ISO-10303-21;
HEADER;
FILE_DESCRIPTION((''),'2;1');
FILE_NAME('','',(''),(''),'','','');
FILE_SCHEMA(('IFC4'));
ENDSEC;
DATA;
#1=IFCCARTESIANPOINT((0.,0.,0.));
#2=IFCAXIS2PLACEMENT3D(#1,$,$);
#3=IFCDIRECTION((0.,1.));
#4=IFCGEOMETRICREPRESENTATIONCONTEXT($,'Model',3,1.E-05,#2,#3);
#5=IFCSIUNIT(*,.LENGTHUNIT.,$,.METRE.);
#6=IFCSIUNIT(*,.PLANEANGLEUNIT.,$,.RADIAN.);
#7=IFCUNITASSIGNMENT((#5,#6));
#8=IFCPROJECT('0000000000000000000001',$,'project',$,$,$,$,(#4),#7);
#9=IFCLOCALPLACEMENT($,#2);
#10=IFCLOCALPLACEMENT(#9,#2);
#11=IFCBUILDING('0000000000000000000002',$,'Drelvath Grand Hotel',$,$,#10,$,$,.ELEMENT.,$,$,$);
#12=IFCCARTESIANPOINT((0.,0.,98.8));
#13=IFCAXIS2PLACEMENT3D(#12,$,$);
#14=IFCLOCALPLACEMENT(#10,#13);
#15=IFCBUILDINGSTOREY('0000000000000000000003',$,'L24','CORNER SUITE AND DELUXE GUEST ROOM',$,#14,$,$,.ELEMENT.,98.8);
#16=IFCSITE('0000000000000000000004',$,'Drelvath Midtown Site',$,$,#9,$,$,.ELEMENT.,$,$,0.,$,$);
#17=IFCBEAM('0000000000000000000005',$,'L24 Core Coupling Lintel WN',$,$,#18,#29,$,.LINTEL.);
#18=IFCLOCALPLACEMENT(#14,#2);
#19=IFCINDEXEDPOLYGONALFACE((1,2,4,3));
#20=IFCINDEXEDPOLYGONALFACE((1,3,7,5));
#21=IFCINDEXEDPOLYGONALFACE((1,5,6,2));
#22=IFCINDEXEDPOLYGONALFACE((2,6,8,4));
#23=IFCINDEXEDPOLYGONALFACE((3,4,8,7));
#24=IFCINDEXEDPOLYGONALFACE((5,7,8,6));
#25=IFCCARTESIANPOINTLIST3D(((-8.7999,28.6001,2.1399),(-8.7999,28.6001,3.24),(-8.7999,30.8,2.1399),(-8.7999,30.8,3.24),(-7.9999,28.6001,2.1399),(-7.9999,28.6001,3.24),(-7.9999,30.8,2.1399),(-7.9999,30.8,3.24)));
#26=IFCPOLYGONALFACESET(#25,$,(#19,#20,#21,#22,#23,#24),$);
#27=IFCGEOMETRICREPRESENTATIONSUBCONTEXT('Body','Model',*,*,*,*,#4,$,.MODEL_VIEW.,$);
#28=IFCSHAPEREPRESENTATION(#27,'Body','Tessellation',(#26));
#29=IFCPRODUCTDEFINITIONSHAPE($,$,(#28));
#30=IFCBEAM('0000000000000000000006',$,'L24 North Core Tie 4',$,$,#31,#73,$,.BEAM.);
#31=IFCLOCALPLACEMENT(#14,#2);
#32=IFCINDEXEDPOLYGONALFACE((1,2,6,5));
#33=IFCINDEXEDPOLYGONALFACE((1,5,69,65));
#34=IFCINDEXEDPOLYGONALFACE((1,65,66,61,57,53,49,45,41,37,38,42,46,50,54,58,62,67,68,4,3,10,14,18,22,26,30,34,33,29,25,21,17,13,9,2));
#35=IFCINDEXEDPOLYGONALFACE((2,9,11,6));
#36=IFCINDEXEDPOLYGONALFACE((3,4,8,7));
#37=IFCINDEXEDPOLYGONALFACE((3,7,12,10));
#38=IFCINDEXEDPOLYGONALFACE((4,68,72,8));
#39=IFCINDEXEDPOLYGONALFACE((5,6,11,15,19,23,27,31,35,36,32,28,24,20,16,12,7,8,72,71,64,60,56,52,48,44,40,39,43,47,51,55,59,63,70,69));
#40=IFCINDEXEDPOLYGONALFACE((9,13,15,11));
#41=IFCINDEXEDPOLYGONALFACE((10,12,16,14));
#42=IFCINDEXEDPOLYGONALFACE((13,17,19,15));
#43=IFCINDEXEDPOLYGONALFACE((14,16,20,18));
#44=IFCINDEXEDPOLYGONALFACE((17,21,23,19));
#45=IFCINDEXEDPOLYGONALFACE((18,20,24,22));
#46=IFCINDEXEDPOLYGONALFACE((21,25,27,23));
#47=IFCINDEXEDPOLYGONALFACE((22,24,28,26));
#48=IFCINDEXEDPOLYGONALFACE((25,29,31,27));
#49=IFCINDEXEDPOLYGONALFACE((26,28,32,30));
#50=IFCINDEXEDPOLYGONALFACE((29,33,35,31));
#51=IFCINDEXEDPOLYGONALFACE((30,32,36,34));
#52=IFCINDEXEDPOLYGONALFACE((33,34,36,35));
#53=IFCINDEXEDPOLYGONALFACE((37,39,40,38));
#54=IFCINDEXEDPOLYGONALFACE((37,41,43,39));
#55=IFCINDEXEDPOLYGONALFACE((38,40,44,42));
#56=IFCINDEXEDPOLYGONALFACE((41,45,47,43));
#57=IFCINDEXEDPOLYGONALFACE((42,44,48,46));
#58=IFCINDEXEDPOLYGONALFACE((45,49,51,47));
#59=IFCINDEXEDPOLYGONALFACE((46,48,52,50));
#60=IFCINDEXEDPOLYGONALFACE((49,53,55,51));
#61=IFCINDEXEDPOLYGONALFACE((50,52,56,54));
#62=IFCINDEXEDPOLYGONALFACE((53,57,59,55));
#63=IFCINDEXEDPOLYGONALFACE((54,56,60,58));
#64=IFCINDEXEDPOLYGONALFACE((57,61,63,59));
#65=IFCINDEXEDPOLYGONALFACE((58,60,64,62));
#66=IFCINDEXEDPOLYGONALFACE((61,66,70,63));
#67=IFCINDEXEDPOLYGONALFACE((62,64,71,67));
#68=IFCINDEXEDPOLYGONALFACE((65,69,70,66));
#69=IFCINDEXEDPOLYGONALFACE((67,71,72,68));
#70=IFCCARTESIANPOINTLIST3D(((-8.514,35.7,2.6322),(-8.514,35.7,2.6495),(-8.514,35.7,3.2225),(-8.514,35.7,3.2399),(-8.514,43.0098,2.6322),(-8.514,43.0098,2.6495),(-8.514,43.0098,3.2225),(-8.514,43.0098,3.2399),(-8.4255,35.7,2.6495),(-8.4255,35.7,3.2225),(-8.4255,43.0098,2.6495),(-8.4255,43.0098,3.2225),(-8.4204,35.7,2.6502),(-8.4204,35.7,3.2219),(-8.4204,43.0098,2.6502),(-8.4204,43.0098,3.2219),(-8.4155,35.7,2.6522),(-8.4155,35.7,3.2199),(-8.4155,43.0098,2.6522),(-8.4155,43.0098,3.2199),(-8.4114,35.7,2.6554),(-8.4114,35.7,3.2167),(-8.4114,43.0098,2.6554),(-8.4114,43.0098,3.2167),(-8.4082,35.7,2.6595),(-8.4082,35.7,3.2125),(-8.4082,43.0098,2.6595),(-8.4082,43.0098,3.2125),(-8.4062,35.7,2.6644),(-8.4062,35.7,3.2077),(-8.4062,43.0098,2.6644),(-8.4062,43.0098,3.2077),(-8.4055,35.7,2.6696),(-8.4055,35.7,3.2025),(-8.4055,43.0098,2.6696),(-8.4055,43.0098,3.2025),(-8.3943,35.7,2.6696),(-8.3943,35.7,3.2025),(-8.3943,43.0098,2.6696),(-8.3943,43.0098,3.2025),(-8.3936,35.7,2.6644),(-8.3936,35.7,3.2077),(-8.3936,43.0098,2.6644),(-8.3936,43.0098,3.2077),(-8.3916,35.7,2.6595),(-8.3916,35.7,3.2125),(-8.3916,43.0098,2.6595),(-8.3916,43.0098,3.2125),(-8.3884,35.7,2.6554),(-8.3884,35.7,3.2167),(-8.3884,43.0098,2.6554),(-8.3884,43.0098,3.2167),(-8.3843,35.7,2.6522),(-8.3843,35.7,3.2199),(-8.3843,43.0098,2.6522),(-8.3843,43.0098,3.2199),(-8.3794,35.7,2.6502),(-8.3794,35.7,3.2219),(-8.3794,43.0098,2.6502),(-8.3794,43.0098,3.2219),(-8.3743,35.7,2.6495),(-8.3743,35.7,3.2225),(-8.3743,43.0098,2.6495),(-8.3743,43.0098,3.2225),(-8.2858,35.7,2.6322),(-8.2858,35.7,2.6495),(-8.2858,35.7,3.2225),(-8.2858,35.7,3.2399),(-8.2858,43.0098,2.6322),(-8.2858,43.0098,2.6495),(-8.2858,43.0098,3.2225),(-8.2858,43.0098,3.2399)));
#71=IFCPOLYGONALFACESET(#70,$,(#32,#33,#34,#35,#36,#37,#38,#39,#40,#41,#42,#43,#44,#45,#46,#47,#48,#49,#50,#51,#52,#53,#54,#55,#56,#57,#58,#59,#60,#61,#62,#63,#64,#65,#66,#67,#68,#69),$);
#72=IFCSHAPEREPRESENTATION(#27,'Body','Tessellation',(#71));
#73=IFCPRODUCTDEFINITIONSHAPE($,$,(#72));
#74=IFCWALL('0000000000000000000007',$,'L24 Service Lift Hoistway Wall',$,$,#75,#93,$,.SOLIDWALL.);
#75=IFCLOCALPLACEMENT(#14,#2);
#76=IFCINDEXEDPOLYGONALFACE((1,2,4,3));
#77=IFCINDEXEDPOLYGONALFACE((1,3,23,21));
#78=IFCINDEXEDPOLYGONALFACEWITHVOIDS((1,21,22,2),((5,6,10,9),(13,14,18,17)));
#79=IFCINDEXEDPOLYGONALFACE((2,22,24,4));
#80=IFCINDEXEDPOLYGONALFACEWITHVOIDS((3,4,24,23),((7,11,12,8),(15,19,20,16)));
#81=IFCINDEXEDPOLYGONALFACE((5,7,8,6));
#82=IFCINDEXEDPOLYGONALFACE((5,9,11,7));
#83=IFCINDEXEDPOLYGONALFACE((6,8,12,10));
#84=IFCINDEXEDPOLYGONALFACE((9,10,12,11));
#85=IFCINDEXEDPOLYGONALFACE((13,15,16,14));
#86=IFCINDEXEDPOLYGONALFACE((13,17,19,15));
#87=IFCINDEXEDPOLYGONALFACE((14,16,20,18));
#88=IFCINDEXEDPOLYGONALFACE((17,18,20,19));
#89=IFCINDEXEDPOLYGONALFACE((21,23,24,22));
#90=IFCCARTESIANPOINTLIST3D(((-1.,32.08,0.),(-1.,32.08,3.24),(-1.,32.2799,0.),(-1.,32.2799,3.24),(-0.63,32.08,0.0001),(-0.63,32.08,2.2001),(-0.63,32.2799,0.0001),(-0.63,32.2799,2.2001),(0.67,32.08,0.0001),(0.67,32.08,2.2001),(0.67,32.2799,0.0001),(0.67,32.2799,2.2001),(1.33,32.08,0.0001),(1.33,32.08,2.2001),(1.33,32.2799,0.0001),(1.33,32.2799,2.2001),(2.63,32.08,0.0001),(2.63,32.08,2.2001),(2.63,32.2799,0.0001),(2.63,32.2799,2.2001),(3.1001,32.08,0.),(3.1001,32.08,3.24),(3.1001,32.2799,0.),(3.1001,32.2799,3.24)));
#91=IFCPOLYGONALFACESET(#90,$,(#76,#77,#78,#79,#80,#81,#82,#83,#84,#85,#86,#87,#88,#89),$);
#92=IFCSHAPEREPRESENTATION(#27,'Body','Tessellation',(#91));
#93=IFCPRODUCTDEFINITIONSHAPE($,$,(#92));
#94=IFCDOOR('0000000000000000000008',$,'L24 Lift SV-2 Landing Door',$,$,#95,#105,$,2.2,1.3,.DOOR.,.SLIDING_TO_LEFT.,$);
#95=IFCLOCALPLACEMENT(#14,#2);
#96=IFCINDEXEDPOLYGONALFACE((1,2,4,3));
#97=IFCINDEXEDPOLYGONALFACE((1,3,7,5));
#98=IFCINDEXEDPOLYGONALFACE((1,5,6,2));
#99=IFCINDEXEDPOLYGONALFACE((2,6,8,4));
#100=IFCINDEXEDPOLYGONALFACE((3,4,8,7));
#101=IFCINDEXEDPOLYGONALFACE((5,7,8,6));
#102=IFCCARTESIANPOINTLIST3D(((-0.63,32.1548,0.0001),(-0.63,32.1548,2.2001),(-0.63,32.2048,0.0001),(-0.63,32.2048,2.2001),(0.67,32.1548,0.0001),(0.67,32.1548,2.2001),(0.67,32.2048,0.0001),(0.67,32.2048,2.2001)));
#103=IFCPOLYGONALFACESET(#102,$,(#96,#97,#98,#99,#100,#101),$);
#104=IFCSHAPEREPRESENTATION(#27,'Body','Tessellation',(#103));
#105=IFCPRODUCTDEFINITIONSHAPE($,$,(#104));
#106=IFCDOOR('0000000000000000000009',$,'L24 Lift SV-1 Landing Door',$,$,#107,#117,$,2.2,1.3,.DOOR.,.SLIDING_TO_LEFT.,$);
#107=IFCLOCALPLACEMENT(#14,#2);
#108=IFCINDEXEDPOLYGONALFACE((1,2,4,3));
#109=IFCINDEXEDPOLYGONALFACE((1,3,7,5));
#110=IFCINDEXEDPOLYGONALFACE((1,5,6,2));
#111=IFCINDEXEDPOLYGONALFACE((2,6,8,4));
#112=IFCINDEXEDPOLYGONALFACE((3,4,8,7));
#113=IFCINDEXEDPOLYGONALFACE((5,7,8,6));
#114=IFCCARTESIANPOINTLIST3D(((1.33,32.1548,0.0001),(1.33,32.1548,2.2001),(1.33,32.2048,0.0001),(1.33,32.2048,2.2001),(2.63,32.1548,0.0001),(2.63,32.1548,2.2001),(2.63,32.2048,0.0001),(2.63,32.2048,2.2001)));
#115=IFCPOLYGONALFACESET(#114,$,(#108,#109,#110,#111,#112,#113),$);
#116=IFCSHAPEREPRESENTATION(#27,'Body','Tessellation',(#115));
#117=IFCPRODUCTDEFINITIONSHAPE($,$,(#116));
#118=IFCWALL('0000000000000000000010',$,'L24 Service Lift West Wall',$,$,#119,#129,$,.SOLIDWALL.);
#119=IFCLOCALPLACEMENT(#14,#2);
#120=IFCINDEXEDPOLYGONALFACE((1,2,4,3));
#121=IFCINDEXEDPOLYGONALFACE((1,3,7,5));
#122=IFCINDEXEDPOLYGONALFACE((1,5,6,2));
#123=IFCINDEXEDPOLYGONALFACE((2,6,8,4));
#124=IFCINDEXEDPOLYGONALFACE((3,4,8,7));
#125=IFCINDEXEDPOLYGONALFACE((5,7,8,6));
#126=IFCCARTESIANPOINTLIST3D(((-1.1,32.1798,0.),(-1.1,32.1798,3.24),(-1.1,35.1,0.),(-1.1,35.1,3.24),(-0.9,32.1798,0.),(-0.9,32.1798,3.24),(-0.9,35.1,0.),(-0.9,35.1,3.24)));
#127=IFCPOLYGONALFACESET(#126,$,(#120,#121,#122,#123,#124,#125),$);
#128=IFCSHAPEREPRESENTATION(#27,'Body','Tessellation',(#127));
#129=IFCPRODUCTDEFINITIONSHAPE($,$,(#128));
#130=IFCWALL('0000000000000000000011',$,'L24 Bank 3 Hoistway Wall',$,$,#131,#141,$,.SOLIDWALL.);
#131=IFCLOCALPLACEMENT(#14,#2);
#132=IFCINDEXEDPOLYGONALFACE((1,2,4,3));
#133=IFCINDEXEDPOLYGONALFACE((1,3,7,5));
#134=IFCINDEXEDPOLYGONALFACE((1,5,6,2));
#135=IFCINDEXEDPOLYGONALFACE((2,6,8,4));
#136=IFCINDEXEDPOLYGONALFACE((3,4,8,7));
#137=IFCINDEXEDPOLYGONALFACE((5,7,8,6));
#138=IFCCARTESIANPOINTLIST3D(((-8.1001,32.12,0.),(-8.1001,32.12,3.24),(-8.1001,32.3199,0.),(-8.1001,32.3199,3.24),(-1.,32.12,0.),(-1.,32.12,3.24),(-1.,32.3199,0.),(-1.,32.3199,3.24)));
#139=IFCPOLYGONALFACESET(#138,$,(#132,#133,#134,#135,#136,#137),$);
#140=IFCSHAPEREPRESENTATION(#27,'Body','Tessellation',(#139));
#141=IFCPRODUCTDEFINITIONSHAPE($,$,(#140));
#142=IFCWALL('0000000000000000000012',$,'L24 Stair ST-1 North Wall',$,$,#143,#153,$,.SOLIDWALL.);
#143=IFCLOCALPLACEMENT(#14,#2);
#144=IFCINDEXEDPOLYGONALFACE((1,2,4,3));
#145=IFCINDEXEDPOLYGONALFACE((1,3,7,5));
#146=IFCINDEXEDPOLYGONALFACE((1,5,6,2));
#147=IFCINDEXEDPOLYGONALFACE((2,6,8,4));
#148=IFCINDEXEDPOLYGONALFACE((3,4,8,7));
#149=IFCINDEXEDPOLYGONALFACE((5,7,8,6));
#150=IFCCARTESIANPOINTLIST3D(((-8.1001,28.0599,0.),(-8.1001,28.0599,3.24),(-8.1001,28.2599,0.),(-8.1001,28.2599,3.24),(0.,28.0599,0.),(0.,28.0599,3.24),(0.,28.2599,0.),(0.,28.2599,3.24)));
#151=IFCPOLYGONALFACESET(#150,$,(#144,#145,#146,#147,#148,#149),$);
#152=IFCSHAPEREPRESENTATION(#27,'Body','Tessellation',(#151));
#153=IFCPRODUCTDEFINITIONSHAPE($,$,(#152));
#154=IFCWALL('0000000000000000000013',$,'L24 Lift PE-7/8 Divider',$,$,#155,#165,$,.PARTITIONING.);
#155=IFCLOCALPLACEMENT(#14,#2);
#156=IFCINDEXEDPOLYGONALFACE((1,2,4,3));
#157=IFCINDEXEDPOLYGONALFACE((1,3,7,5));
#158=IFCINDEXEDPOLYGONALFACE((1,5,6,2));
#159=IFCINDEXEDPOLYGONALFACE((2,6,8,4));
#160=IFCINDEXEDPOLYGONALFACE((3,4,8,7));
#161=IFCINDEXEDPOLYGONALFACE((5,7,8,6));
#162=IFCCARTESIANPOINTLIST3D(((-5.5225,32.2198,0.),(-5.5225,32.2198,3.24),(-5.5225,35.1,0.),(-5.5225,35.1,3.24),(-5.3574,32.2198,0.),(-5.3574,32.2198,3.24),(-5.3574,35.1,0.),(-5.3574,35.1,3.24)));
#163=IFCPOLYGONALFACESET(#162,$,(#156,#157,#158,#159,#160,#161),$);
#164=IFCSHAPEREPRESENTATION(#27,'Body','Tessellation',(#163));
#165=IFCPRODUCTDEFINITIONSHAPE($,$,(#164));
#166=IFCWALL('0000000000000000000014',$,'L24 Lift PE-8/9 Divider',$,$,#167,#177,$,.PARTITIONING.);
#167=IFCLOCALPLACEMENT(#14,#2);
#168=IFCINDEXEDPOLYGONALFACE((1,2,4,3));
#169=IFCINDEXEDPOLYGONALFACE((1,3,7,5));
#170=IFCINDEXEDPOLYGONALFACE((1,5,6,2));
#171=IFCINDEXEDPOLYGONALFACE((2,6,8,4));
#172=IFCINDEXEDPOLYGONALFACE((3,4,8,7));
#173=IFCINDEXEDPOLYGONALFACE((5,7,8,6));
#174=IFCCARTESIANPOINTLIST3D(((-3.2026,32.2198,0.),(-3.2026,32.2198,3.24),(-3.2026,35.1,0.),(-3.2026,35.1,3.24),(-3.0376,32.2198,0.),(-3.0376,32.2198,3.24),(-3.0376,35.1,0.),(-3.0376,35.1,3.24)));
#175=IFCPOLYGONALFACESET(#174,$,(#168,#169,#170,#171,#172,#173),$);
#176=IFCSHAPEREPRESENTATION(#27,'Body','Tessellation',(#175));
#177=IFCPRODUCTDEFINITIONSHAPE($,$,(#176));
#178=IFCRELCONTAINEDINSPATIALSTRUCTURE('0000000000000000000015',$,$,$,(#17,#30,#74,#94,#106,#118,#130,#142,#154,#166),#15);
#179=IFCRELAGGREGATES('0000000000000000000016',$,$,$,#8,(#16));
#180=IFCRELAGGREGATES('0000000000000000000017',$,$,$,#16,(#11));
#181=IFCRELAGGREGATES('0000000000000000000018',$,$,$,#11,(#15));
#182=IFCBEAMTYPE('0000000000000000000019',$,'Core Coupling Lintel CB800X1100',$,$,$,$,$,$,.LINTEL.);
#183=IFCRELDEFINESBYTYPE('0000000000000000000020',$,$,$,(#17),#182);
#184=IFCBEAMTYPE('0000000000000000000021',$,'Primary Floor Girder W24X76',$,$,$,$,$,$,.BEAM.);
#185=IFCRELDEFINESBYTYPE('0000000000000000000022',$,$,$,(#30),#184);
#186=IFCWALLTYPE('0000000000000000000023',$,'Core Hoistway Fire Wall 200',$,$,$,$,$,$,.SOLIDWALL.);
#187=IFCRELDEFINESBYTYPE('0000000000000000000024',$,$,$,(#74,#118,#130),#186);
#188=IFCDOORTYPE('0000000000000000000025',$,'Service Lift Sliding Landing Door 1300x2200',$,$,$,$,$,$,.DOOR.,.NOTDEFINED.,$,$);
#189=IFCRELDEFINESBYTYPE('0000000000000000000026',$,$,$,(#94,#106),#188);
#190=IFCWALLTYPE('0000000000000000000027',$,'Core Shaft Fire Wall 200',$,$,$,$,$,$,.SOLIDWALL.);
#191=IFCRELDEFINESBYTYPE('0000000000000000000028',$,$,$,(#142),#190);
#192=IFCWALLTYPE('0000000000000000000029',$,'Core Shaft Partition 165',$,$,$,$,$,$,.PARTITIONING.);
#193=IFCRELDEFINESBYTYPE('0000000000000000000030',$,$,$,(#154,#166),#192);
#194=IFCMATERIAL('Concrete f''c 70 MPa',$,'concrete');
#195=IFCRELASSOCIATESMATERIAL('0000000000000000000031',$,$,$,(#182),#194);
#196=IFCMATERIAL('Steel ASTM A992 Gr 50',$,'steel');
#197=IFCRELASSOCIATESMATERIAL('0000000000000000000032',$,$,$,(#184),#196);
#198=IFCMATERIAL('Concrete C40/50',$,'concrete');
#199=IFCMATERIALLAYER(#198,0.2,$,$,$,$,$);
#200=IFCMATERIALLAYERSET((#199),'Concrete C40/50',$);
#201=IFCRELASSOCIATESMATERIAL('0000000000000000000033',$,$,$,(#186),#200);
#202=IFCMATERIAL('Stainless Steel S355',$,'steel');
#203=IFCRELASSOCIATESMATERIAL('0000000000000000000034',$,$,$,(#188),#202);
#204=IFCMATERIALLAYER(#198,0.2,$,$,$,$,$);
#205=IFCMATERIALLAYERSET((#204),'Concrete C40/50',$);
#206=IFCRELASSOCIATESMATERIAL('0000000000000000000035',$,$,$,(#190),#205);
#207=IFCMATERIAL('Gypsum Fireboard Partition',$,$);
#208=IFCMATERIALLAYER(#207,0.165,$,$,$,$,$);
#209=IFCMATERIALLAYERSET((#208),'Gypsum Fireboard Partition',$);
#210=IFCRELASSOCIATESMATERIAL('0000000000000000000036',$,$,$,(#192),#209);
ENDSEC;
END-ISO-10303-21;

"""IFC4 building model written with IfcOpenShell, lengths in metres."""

from ifc_helpers import new_model, si_unit, direction, frame, frame_2d, origin, origin_2d, place, context, subcontext, project, spatial, rectangle, i_section, extrude, material, layer, layer_set, material_profile, profile_set, type_object, element, fill, save


model = new_model("IFC4")

# Units and contexts
model_context = context("Model", 3, precision=1e-05, world=origin(), true_north=direction((0.0, 1.0)))
body_context = subcontext(model_context, "Body", "Model", "MODEL_VIEW")
ifc_project = project(units=[si_unit("LENGTHUNIT", "METRE"), si_unit("PLANEANGLEUNIT", "RADIAN")], contexts=[model_context])

# Site, building, storey
site_placement = place(None, origin())
site = spatial("IfcSite", under=ifc_project, at=site_placement, Name="Drelvath Midtown Site", CompositionType="ELEMENT", RefElevation=0.0)
building_placement = place(site_placement, origin())
building = spatial("IfcBuilding", under=site, at=building_placement, Name="Drelvath Grand Hotel", CompositionType="ELEMENT")
storey_placement = place(building_placement, frame((0.0, 0.0, 98.8)))
storey = spatial("IfcBuildingStorey", under=building, at=storey_placement, Name="L24", Description="CORNER SUITE AND DELUXE GUEST ROOM", CompositionType="ELEMENT", Elevation=98.8)

# Beams
ifc_material_1 = material(Name="Concrete f'c 70 MPa", Category="concrete")
ifc_material_profile_1 = material_profile(ifc_material_1, rectangle(XDim=0.8, YDim=1.1001, at=origin_2d()), Name="CB800X1100")
ifc_profile_set_1 = profile_set([ifc_material_profile_1], Name="Concrete f'c 70 MPa")
beam_type_1 = type_object("IfcBeamType", Name="Core Coupling Lintel CB800X1100", PredefinedType="LINTEL", material=ifc_profile_set_1)
beam_1_placement = place(storey_placement, frame((-8.3999, 28.6001, 2.6899), z_axis=(0.0, 1.0, 0.0), x_axis=(-1.0, 0.0, 0.0)))
element("IfcBeam", 1, at=beam_1_placement, inside=storey, type_object=beam_type_1, Name="L24 Core Coupling Lintel WN", PredefinedType="LINTEL", context=body_context, shape_type="SweptSolid", body=[
    extrude(rectangle(XDim=0.8, YDim=1.1001, at=origin_2d()), origin(), (0.0, 0.0, 1.0), 2.2),
])
ifc_material_2 = material(Name="Steel ASTM A992 Gr 50", Category="steel")
ifc_material_profile_2 = material_profile(ifc_material_2, i_section(OverallWidth=0.2283, OverallDepth=0.6077, WebThickness=0.0112, FlangeThickness=0.0173, FilletRadius=0.02, at=origin_2d()), Name="W24X76")
ifc_profile_set_2 = profile_set([ifc_material_profile_2], Name="Steel ASTM A992 Gr 50")
beam_type_2 = type_object("IfcBeamType", Name="Primary Floor Girder W24X76", PredefinedType="BEAM", material=ifc_profile_set_2)
beam_2_placement = place(storey_placement, frame((-8.3999, 35.7, 2.936), z_axis=(0.0, 1.0, 0.0), x_axis=(-1.0, 0.0, 0.0)))
element("IfcBeam", 2, at=beam_2_placement, inside=storey, type_object=beam_type_2, Name="L24 North Core Tie 4", PredefinedType="BEAM", context=body_context, shape_type="SweptSolid", body=[
    extrude(i_section(OverallWidth=0.2283, OverallDepth=0.6077, WebThickness=0.0112, FlangeThickness=0.0173, FilletRadius=0.02, at=origin_2d()), origin(), (0.0, 0.0, 1.0), 7.3098),
])

# Wall, openings, doors
ifc_material_3 = material(Name="Concrete C40/50", Category="concrete")
ifc_layer_1 = layer(ifc_material_3, 0.2)
ifc_layer_set_1 = layer_set([ifc_layer_1], Name="Concrete C40/50")
wall_type_1 = type_object("IfcWallType", Name="Core Hoistway Fire Wall 200", PredefinedType="SOLIDWALL", material=ifc_layer_set_1)
wall_1_placement = place(storey_placement, frame((-1.0, 32.1799, 0.0), z_axis=(0.0, 0.0, 1.0), x_axis=(1.0, 0.0, 0.0)))
wall_1 = element("IfcWall", 3, at=wall_1_placement, inside=storey, type_object=wall_type_1, Name="L24 Service Lift Hoistway Wall", PredefinedType="SOLIDWALL", context=body_context, shape_type="SweptSolid", body=[
    extrude(rectangle(XDim=4.1001, YDim=0.2, at=frame_2d((2.05, 0.0))), origin(), (0.0, 0.0, 1.0), 3.24),
])
opening_1_placement = place(wall_1_placement, frame((0.3701, 0.0, 0.0)))
opening_1 = element("IfcOpeningElement", 4, at=opening_1_placement, cuts=wall_1, PredefinedType="OPENING", context=body_context, shape_type="SweptSolid", body=[
    extrude(rectangle(XDim=1.3, YDim=2.2, at=frame_2d((0.6499, 1.1001))), frame((0.0, 0.1099, 0.0), z_axis=(0.0, -1.0, 0.0), x_axis=(1.0, 0.0, 0.0)), (0.0, 0.0, 1.0), 0.22),
])
opening_2_placement = place(wall_1_placement, frame((2.3301, 0.0, 0.0)))
opening_2 = element("IfcOpeningElement", 5, at=opening_2_placement, cuts=wall_1, PredefinedType="OPENING", context=body_context, shape_type="SweptSolid", body=[
    extrude(rectangle(XDim=1.3, YDim=2.2, at=frame_2d((0.6499, 1.1001))), frame((0.0, 0.1099, 0.0), z_axis=(0.0, -1.0, 0.0), x_axis=(1.0, 0.0, 0.0)), (0.0, 0.0, 1.0), 0.22),
])
ifc_material_4 = material(Name="Stainless Steel S355", Category="steel")
door_type_1 = type_object("IfcDoorType", Name="Service Lift Sliding Landing Door 1300x2200", OperationType="NOTDEFINED", PredefinedType="DOOR", material=ifc_material_4)
door_1_placement = place(opening_1_placement, origin())
door_1 = element("IfcDoor", 6, at=door_1_placement, inside=storey, type_object=door_type_1, Name="L24 Lift SV-2 Landing Door", OperationType="SLIDING_TO_LEFT", OverallHeight=2.2, OverallWidth=1.3, PredefinedType="DOOR", context=body_context, shape_type="SweptSolid", body=[
    extrude(rectangle(XDim=1.3, YDim=2.2, at=frame_2d((0.6499, 1.1001))), frame((0.0, 0.0249, 0.0), z_axis=(0.0, -1.0, 0.0), x_axis=(1.0, 0.0, 0.0)), (0.0, 0.0, 1.0), 0.05),
])
fill(opening_1, door_1)
door_2_placement = place(opening_2_placement, origin())
door_2 = element("IfcDoor", 7, at=door_2_placement, inside=storey, type_object=door_type_1, Name="L24 Lift SV-1 Landing Door", OperationType="SLIDING_TO_LEFT", OverallHeight=2.2, OverallWidth=1.3, PredefinedType="DOOR", context=body_context, shape_type="SweptSolid", body=[
    extrude(rectangle(XDim=1.3, YDim=2.2, at=frame_2d((0.6499, 1.1001))), frame((0.0, 0.0249, 0.0), z_axis=(0.0, -1.0, 0.0), x_axis=(1.0, 0.0, 0.0)), (0.0, 0.0, 1.0), 0.05),
])
fill(opening_2, door_2)

# Walls
wall_2_placement = place(storey_placement, frame((-1.0, 32.1799, 0.0), z_axis=(0.0, 0.0, 1.0), x_axis=(0.0, 1.0, 0.0)))
element("IfcWall", 8, at=wall_2_placement, inside=storey, type_object=wall_type_1, Name="L24 Service Lift West Wall", PredefinedType="SOLIDWALL", context=body_context, shape_type="SweptSolid", body=[
    extrude(rectangle(XDim=2.9202, YDim=0.2, at=frame_2d((1.46, 0.0))), origin(), (0.0, 0.0, 1.0), 3.24),
])
wall_3_placement = place(storey_placement, frame((-8.1001, 32.22, 0.0), z_axis=(0.0, 0.0, 1.0), x_axis=(1.0, 0.0, 0.0)))
element("IfcWall", 9, at=wall_3_placement, inside=storey, type_object=wall_type_1, Name="L24 Bank 3 Hoistway Wall", PredefinedType="SOLIDWALL", context=body_context, shape_type="SweptSolid", body=[
    extrude(rectangle(XDim=7.1001, YDim=0.2, at=frame_2d((3.55, 0.0))), origin(), (0.0, 0.0, 1.0), 3.24),
])
ifc_layer_2 = layer(ifc_material_3, 0.2)
ifc_layer_set_2 = layer_set([ifc_layer_2], Name="Concrete C40/50")
wall_type_2 = type_object("IfcWallType", Name="Core Shaft Fire Wall 200", PredefinedType="SOLIDWALL", material=ifc_layer_set_2)
wall_4_placement = place(storey_placement, frame((-8.1001, 28.1599, 0.0), z_axis=(0.0, 0.0, 1.0), x_axis=(1.0, 0.0, 0.0)))
element("IfcWall", 10, at=wall_4_placement, inside=storey, type_object=wall_type_2, Name="L24 Stair ST-1 North Wall", PredefinedType="SOLIDWALL", context=body_context, shape_type="SweptSolid", body=[
    extrude(rectangle(XDim=8.1001, YDim=0.2, at=frame_2d((4.05, 0.0))), origin(), (0.0, 0.0, 1.0), 3.24),
])
ifc_material_5 = material(Name="Gypsum Fireboard Partition")
ifc_layer_3 = layer(ifc_material_5, 0.165)
ifc_layer_set_3 = layer_set([ifc_layer_3], Name="Gypsum Fireboard Partition")
wall_type_3 = type_object("IfcWallType", Name="Core Shaft Partition 165", PredefinedType="PARTITIONING", material=ifc_layer_set_3)
for number, where, z_axis, x_axis, name in (
    (11, (-5.4399, 32.22, 0.0), (0.0, 0.0, 1.0), (0.0, 1.0, 0.0), "L24 Lift PE-7/8 Divider"),
    (12, (-3.1201, 32.22, 0.0), (0.0, 0.0, 1.0), (0.0, 1.0, 0.0), "L24 Lift PE-8/9 Divider"),
):
    element("IfcWall", number, at=place(storey_placement, frame(where, z_axis=z_axis, x_axis=x_axis)), inside=storey, type_object=wall_type_3, Name=name, PredefinedType="PARTITIONING", context=body_context, shape_type="SweptSolid", body=[
        extrude(rectangle(XDim=2.8801, YDim=0.165, at=frame_2d((1.4399, 0.0))), origin(), (0.0, 0.0, 1.0), 3.24),
    ])

save(model, "model.ifc")
